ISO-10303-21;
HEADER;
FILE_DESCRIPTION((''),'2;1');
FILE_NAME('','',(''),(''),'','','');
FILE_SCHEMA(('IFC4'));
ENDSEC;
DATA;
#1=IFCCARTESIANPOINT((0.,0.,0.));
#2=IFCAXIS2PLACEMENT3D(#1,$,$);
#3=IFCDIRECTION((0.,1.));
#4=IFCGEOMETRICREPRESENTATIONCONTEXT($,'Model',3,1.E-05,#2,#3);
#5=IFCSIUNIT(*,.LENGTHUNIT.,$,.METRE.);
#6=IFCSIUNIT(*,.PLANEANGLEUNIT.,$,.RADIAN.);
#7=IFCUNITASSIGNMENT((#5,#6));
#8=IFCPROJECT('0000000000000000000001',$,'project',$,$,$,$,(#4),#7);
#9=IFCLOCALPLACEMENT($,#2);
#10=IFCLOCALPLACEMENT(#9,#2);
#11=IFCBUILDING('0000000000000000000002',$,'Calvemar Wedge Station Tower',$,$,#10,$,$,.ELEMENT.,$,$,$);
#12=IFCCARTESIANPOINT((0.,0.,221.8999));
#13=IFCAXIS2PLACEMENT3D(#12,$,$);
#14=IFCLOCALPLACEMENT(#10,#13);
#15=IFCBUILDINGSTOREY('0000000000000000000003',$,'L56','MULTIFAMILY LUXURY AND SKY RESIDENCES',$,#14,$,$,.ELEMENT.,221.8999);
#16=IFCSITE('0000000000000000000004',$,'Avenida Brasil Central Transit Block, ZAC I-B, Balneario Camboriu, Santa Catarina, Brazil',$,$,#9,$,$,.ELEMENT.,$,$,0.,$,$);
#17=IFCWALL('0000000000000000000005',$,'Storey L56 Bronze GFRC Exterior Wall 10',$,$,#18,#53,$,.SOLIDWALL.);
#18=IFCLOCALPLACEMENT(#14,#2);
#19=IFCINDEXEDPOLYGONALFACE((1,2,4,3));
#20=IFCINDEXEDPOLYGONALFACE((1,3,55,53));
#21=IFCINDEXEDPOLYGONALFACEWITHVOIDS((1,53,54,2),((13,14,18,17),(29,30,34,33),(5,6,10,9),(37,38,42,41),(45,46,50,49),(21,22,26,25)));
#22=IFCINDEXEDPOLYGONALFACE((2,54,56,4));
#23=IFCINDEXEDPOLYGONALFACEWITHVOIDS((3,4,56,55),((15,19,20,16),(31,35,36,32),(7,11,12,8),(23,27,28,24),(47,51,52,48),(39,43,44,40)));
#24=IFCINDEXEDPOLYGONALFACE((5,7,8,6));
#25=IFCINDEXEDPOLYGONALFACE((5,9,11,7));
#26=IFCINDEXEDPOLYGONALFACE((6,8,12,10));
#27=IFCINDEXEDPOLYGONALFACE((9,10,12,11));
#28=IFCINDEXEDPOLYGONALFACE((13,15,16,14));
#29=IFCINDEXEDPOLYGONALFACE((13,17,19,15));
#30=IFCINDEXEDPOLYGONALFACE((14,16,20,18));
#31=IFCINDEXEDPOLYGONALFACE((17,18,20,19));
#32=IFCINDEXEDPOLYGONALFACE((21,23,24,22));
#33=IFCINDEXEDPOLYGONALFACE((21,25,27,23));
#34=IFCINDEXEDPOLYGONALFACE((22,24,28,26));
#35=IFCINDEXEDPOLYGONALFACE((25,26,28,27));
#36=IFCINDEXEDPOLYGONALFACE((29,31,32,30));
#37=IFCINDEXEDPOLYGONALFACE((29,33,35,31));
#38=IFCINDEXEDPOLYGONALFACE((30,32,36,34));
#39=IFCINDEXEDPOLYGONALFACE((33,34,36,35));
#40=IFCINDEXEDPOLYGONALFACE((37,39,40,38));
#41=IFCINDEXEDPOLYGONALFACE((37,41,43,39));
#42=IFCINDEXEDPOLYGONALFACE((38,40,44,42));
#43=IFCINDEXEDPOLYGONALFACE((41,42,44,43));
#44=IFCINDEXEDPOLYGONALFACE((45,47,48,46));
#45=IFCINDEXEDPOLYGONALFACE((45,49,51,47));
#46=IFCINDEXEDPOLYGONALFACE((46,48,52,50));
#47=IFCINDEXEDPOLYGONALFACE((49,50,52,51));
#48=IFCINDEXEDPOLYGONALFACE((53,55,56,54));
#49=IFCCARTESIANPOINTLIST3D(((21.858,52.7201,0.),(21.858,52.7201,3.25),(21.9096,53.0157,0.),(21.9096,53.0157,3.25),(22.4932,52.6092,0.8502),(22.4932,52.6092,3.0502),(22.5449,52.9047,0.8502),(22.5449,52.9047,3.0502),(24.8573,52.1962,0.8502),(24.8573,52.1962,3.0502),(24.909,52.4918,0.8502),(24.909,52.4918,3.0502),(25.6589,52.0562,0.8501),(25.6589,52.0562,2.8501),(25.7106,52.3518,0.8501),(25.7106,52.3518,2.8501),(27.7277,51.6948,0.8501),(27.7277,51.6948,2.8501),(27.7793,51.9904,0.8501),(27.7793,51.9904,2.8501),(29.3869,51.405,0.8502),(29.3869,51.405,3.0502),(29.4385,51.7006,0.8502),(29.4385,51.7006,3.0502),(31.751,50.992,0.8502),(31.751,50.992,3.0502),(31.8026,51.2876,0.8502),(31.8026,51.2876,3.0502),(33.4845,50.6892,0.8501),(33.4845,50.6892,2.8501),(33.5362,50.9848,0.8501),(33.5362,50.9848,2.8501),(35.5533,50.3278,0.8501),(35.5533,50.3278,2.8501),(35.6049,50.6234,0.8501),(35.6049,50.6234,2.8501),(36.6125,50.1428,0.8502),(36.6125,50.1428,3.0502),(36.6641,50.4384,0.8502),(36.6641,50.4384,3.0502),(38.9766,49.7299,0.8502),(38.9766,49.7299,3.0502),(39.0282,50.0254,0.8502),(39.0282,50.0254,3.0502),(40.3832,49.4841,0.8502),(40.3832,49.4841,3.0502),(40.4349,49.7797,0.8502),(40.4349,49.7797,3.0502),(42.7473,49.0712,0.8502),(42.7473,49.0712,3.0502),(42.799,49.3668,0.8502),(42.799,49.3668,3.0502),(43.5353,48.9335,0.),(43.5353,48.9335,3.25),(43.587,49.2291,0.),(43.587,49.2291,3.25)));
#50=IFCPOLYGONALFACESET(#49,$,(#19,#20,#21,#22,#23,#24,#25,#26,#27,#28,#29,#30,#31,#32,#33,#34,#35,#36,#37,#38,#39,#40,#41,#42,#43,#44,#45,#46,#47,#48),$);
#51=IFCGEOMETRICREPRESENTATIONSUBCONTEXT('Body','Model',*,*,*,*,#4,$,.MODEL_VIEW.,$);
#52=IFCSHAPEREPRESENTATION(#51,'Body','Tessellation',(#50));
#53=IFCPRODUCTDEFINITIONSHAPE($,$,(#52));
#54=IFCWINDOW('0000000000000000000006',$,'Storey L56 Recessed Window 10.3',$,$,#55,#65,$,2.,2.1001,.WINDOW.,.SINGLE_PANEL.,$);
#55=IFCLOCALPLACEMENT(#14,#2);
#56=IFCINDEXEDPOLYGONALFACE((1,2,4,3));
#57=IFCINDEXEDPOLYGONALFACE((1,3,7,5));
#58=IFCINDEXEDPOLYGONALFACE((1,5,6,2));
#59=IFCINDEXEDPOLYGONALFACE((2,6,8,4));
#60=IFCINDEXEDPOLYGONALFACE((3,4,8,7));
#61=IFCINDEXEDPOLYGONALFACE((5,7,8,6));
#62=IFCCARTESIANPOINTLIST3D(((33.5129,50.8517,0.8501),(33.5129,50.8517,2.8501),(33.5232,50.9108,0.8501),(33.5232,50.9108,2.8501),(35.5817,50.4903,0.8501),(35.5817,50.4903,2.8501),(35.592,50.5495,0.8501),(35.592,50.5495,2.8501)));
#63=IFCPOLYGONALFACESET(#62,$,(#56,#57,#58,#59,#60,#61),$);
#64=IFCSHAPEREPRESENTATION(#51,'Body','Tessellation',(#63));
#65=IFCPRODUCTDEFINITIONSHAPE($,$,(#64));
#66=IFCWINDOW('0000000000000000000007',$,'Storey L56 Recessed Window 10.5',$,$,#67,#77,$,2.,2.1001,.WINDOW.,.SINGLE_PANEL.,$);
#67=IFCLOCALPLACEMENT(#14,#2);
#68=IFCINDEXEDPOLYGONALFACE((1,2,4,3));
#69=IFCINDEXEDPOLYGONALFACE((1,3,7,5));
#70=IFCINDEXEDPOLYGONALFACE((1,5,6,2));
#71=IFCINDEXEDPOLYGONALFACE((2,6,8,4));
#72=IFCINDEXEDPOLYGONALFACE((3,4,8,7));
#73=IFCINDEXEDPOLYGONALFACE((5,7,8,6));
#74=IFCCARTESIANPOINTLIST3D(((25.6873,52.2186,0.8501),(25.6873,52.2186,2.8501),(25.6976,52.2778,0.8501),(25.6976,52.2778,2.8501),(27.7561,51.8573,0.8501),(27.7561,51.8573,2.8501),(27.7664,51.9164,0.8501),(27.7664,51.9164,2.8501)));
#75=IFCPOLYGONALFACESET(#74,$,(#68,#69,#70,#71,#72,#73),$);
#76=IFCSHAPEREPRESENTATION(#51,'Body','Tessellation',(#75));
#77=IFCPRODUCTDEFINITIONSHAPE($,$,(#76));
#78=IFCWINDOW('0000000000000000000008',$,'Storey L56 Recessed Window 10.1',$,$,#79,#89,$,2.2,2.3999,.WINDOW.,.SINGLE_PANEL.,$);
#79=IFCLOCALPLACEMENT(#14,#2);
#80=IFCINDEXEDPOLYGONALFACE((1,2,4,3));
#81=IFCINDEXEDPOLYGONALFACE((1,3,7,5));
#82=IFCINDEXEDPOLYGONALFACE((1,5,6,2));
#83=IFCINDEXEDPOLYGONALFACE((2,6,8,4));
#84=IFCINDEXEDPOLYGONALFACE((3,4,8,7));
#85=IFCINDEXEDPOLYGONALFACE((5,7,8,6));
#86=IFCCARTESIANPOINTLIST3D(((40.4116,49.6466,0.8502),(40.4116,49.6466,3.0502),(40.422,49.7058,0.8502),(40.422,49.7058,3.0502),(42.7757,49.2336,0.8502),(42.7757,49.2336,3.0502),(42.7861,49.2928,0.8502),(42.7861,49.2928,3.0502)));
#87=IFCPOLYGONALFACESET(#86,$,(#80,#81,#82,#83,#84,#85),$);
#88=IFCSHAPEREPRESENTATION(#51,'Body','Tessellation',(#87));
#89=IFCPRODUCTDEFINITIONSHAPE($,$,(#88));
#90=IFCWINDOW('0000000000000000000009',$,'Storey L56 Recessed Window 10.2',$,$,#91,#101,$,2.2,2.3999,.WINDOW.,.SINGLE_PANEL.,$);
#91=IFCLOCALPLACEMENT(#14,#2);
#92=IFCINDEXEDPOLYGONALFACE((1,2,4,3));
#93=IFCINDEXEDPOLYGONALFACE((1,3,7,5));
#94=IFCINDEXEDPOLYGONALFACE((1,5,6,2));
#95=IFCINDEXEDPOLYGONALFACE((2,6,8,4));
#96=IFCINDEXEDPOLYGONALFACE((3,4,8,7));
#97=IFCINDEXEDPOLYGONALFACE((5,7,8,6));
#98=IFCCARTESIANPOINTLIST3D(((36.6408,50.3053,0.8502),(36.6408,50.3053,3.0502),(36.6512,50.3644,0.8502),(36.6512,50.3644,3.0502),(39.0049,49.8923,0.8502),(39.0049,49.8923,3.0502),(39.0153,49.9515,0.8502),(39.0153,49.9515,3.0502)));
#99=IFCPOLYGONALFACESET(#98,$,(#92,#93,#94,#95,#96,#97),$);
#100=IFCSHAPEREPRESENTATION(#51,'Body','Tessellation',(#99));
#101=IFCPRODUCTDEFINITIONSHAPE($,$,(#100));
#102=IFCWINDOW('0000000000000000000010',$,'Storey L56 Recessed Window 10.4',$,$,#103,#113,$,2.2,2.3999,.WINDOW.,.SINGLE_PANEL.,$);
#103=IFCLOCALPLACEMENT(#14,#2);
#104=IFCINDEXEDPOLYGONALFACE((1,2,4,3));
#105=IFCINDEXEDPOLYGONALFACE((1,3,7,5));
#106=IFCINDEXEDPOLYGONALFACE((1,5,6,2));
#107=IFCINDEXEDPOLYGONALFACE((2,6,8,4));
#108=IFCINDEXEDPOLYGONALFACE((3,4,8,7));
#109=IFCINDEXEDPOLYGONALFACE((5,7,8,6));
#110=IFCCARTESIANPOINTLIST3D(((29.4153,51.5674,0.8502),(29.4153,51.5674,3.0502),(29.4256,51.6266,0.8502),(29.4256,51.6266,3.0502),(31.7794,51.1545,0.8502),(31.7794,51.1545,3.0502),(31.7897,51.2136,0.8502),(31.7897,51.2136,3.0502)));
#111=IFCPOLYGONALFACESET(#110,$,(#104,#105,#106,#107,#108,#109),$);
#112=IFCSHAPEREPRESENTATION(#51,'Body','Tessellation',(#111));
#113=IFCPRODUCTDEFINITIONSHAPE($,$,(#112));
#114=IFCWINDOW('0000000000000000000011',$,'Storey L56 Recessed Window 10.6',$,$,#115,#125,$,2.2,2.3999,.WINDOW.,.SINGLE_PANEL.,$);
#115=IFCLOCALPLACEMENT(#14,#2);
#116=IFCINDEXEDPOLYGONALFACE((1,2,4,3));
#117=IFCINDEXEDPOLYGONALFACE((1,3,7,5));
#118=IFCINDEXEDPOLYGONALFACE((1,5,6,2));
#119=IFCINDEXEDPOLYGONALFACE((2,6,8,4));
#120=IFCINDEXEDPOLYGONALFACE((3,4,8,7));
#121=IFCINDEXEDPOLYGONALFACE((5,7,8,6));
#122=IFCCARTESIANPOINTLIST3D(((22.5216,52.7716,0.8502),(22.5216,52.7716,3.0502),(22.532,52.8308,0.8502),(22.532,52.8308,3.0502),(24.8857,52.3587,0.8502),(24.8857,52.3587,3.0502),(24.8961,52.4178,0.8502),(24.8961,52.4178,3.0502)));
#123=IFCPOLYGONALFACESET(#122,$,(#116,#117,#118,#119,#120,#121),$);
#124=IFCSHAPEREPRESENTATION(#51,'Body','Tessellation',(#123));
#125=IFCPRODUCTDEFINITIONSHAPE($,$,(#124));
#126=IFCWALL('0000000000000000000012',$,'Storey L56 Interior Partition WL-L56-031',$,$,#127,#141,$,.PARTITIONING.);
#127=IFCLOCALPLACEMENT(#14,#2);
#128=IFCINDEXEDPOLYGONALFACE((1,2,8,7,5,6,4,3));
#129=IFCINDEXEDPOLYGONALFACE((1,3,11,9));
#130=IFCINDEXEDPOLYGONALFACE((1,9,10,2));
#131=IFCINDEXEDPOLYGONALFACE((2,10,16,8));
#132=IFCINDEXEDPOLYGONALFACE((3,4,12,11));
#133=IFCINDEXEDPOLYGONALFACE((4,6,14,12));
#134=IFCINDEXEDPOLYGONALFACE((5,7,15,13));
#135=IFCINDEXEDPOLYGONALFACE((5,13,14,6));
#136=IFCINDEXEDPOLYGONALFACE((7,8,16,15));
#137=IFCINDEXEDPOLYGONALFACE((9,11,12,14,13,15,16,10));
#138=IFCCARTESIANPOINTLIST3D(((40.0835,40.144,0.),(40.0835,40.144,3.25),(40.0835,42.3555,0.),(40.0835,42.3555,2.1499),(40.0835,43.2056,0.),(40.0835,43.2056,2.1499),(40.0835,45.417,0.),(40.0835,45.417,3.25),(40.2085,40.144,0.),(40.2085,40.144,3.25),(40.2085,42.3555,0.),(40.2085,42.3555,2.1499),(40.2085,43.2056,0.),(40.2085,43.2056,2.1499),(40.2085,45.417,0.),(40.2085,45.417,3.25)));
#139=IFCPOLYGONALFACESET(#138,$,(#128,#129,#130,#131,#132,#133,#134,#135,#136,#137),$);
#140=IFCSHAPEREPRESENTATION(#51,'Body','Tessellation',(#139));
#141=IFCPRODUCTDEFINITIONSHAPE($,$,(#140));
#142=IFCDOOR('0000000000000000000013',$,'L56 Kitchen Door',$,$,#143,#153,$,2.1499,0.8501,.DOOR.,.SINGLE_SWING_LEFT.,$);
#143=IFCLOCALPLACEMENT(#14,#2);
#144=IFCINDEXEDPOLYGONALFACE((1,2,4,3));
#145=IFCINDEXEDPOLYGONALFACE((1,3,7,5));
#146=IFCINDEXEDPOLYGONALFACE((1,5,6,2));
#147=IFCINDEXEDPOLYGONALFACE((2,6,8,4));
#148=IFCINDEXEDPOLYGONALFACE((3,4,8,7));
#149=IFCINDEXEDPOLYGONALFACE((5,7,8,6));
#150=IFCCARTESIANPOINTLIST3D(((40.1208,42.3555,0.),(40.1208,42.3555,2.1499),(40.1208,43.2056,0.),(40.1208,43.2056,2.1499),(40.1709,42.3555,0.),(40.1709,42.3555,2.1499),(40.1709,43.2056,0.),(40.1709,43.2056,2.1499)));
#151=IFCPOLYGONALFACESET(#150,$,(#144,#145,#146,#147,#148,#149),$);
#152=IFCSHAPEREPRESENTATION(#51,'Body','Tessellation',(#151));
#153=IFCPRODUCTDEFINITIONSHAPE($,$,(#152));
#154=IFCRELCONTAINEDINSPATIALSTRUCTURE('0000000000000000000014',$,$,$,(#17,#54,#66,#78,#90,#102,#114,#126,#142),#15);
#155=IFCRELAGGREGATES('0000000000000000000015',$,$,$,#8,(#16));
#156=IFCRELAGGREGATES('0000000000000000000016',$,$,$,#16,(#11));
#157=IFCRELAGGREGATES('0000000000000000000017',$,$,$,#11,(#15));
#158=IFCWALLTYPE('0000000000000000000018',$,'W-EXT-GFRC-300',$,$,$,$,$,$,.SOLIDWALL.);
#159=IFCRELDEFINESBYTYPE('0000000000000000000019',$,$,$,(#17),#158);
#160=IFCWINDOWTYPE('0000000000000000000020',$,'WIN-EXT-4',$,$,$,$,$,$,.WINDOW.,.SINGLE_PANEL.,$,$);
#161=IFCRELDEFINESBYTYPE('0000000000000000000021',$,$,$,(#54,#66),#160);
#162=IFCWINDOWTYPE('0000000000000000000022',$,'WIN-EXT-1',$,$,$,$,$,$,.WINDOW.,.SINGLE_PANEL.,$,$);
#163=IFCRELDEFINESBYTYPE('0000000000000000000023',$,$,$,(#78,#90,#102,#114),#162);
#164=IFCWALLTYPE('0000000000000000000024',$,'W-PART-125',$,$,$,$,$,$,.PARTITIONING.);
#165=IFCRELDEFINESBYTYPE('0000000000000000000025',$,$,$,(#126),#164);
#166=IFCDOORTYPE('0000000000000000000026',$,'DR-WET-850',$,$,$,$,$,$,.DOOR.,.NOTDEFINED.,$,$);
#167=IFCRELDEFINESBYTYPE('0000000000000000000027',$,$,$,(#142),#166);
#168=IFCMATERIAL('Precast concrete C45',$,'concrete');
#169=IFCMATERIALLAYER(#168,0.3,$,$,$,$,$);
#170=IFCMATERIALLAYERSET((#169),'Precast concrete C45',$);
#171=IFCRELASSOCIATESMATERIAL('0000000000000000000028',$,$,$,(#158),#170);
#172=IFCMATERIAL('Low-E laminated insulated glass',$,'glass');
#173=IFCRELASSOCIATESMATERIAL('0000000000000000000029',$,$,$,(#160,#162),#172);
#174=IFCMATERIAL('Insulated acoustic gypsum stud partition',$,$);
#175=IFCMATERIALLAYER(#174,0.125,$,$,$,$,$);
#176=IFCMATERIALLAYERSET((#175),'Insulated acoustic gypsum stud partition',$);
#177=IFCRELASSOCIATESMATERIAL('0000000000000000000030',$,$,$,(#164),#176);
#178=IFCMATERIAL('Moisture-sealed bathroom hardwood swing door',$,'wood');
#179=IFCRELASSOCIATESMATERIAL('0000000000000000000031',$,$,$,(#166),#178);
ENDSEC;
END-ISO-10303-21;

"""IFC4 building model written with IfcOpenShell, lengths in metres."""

from ifc_helpers import new_model, si_unit, direction, frame, frame_2d, origin, place, context, subcontext, project, spatial, rectangle, extrude, source, transform, mapped, material, layer, layer_set, type_object, element, fill, save


model = new_model("IFC4")

# Units and contexts
model_context = context("Model", 3, precision=1e-05, world=origin(), true_north=direction((0.0, 1.0)))
body_context = subcontext(model_context, "Body", "Model", "MODEL_VIEW")
ifc_project = project(units=[si_unit("LENGTHUNIT", "METRE"), si_unit("PLANEANGLEUNIT", "RADIAN")], contexts=[model_context])

# Site, building, storey
site_placement = place(None, origin())
site = spatial("IfcSite", under=ifc_project, at=site_placement, Name="Avenida Brasil Central Transit Block, ZAC I-B, Balneario Camboriu, Santa Catarina, Brazil", CompositionType="ELEMENT", RefElevation=0.0)
building_placement = place(site_placement, origin())
building = spatial("IfcBuilding", under=site, at=building_placement, Name="Calvemar Wedge Station Tower", CompositionType="ELEMENT")
storey_placement = place(building_placement, frame((0.0, 0.0, 221.8999)))
storey = spatial("IfcBuildingStorey", under=building, at=storey_placement, Name="L56", Description="MULTIFAMILY LUXURY AND SKY RESIDENCES", CompositionType="ELEMENT", Elevation=221.8999)

# Shared definitions
ifc_material_1 = material(Name="Precast concrete C45", Category="concrete")

# Shared definitions
ifc_layer_1 = layer(ifc_material_1, 0.3)
ifc_layer_set_1 = layer_set([ifc_layer_1], Name="Precast concrete C45")
wall_type_1 = type_object("IfcWallType", Name="W-EXT-GFRC-300", PredefinedType="SOLIDWALL", material=ifc_layer_set_1)
ifc_material_2 = material(Name="Low-E laminated insulated glass", Category="glass")

# Wall, openings, windows
wall_1_placement = place(storey_placement, frame((43.5613, 49.0813, 0.0), z_axis=(0.0, 0.0, 1.0), x_axis=(-0.985084, 0.172074, 0.0)))
wall_1 = element("IfcWall", 1, at=wall_1_placement, inside=storey, type_object=wall_type_1, Name="Storey L56 Bronze GFRC Exterior Wall 10", PredefinedType="SOLIDWALL", context=body_context, shape_type="SweptSolid", body=[
    extrude(rectangle(XDim=22.0056, YDim=0.3, at=frame_2d((11.0029, 0.0))), origin(), (0.0, 0.0, 1.0), 3.25),
])
shared_shape_1 = source(origin(), body_context, "Body", "SweptSolid", [
    extrude(rectangle(XDim=2.3999, YDim=2.2, at=frame_2d((1.2, 1.1001))), frame((0.0, 0.1602, 0.0), z_axis=(0.0, -1.0, 0.0), x_axis=(1.0, 0.0, 0.0)), (0.0, 0.0, 1.0), 0.3201),
])
opening_1_placement = place(wall_1_placement, frame((0.8, 0.0, 0.8501)))
opening_1 = element("IfcOpeningElement", 2, at=opening_1_placement, cuts=wall_1, PredefinedType="OPENING", context=body_context, shape_type="MappedRepresentation", body=[
    mapped(shared_shape_1, transform((0.0, 0.0, 0.0), scale=1.0)),
])
opening_2_placement = place(wall_1_placement, frame((4.6279, 0.0, 0.8501)))
opening_2 = element("IfcOpeningElement", 3, at=opening_2_placement, cuts=wall_1, PredefinedType="OPENING", context=body_context, shape_type="MappedRepresentation", body=[
    mapped(shared_shape_1, transform((0.0, 0.0, 0.0), scale=1.0)),
])
shared_shape_2 = source(origin(), body_context, "Body", "SweptSolid", [
    extrude(rectangle(XDim=2.1001, YDim=2.0, at=frame_2d((1.05, 1.0))), frame((0.0, 0.1602, 0.0), z_axis=(0.0, -1.0, 0.0), x_axis=(1.0, 0.0, 0.0)), (0.0, 0.0, 1.0), 0.3201),
])
opening_3_placement = place(wall_1_placement, frame((8.103, 0.0, 0.8501)))
opening_3 = element("IfcOpeningElement", 4, at=opening_3_placement, cuts=wall_1, PredefinedType="OPENING", context=body_context, shape_type="MappedRepresentation", body=[
    mapped(shared_shape_2, transform((0.0, 0.0, 0.0), scale=1.0)),
])
opening_4_placement = place(wall_1_placement, frame((11.9629, 0.0, 0.8501)))
opening_4 = element("IfcOpeningElement", 5, at=opening_4_placement, cuts=wall_1, PredefinedType="OPENING", context=body_context, shape_type="MappedRepresentation", body=[
    mapped(shared_shape_1, transform((0.0, 0.0, 0.0), scale=1.0)),
])
opening_5_placement = place(wall_1_placement, frame((16.0471, 0.0, 0.8501)))
opening_5 = element("IfcOpeningElement", 6, at=opening_5_placement, cuts=wall_1, PredefinedType="OPENING", context=body_context, shape_type="MappedRepresentation", body=[
    mapped(shared_shape_2, transform((0.0, 0.0, 0.0), scale=1.0)),
])
opening_6_placement = place(wall_1_placement, frame((18.9609, 0.0, 0.8501)))
opening_6 = element("IfcOpeningElement", 7, at=opening_6_placement, cuts=wall_1, PredefinedType="OPENING", context=body_context, shape_type="MappedRepresentation", body=[
    mapped(shared_shape_1, transform((0.0, 0.0, 0.0), scale=1.0)),
])
window_type_1 = type_object("IfcWindowType", Name="WIN-EXT-4", PartitioningType="SINGLE_PANEL", PredefinedType="WINDOW", material=ifc_material_2)
shared_shape_3 = source(origin(), body_context, "Body", "SweptSolid", [
    extrude(rectangle(XDim=2.1001, YDim=2.0, at=frame_2d((1.05, 1.0))), frame((0.0, -0.0149, 0.0), z_axis=(0.0, -1.0, 0.0), x_axis=(1.0, 0.0, 0.0)), (0.0, 0.0, 1.0), 0.0601),
])
window_1_placement = place(opening_3_placement, origin())
window_1 = element("IfcWindow", 8, at=window_1_placement, inside=storey, type_object=window_type_1, Name="Storey L56 Recessed Window 10.3", OverallHeight=2.0, OverallWidth=2.1001, PartitioningType="SINGLE_PANEL", PredefinedType="WINDOW", context=body_context, shape_type="MappedRepresentation", body=[
    mapped(shared_shape_3, transform((0.0, 0.0, 0.0), scale=1.0)),
])
fill(opening_3, window_1)
window_2_placement = place(opening_5_placement, origin())
window_2 = element("IfcWindow", 9, at=window_2_placement, inside=storey, type_object=window_type_1, Name="Storey L56 Recessed Window 10.5", OverallHeight=2.0, OverallWidth=2.1001, PartitioningType="SINGLE_PANEL", PredefinedType="WINDOW", context=body_context, shape_type="MappedRepresentation", body=[
    mapped(shared_shape_3, transform((0.0, 0.0, 0.0), scale=1.0)),
])
fill(opening_5, window_2)
window_type_2 = type_object("IfcWindowType", Name="WIN-EXT-1", PartitioningType="SINGLE_PANEL", PredefinedType="WINDOW", material=ifc_material_2)
shared_shape_4 = source(origin(), body_context, "Body", "SweptSolid", [
    extrude(rectangle(XDim=2.3999, YDim=2.2, at=frame_2d((1.2, 1.1001))), frame((0.0, -0.0149, 0.0), z_axis=(0.0, -1.0, 0.0), x_axis=(1.0, 0.0, 0.0)), (0.0, 0.0, 1.0), 0.0601),
])
window_3_placement = place(opening_1_placement, origin())
window_3 = element("IfcWindow", 10, at=window_3_placement, inside=storey, type_object=window_type_2, Name="Storey L56 Recessed Window 10.1", OverallHeight=2.2, OverallWidth=2.3999, PartitioningType="SINGLE_PANEL", PredefinedType="WINDOW", context=body_context, shape_type="MappedRepresentation", body=[
    mapped(shared_shape_4, transform((0.0, 0.0, 0.0), scale=1.0)),
])
fill(opening_1, window_3)
window_4_placement = place(opening_2_placement, origin())
window_4 = element("IfcWindow", 11, at=window_4_placement, inside=storey, type_object=window_type_2, Name="Storey L56 Recessed Window 10.2", OverallHeight=2.2, OverallWidth=2.3999, PartitioningType="SINGLE_PANEL", PredefinedType="WINDOW", context=body_context, shape_type="MappedRepresentation", body=[
    mapped(shared_shape_4, transform((0.0, 0.0, 0.0), scale=1.0)),
])
fill(opening_2, window_4)
window_5_placement = place(opening_4_placement, origin())
window_5 = element("IfcWindow", 12, at=window_5_placement, inside=storey, type_object=window_type_2, Name="Storey L56 Recessed Window 10.4", OverallHeight=2.2, OverallWidth=2.3999, PartitioningType="SINGLE_PANEL", PredefinedType="WINDOW", context=body_context, shape_type="MappedRepresentation", body=[
    mapped(shared_shape_4, transform((0.0, 0.0, 0.0), scale=1.0)),
])
fill(opening_4, window_5)
window_6_placement = place(opening_6_placement, origin())
window_6 = element("IfcWindow", 13, at=window_6_placement, inside=storey, type_object=window_type_2, Name="Storey L56 Recessed Window 10.6", OverallHeight=2.2, OverallWidth=2.3999, PartitioningType="SINGLE_PANEL", PredefinedType="WINDOW", context=body_context, shape_type="MappedRepresentation", body=[
    mapped(shared_shape_4, transform((0.0, 0.0, 0.0), scale=1.0)),
])
fill(opening_6, window_6)

# Wall, opening, door
ifc_material_3 = material(Name="Insulated acoustic gypsum stud partition")
ifc_layer_2 = layer(ifc_material_3, 0.125)
ifc_layer_set_2 = layer_set([ifc_layer_2], Name="Insulated acoustic gypsum stud partition")
wall_type_2 = type_object("IfcWallType", Name="W-PART-125", PredefinedType="PARTITIONING", material=ifc_layer_set_2)
wall_2_placement = place(storey_placement, frame((40.146, 45.417, 0.0), z_axis=(0.0, 0.0, 1.0), x_axis=(0.0, -1.0, 0.0)))
wall_2 = element("IfcWall", 14, at=wall_2_placement, inside=storey, type_object=wall_type_2, Name="Storey L56 Interior Partition WL-L56-031", PredefinedType="PARTITIONING", context=body_context, shape_type="SweptSolid", body=[
    extrude(rectangle(XDim=5.2729, YDim=0.125, at=frame_2d((2.6365, 0.0))), origin(), (0.0, 0.0, 1.0), 3.25),
])
shared_shape_5 = source(origin(), body_context, "Body", "SweptSolid", [
    extrude(rectangle(XDim=0.8501, YDim=2.1499, at=frame_2d((0.425, 1.075))), frame((0.0, 0.0725, 0.0), z_axis=(0.0, -1.0, 0.0), x_axis=(1.0, 0.0, 0.0)), (0.0, 0.0, 1.0), 0.145),
])
opening_7_placement = place(wall_2_placement, frame((2.2114, 0.0, 0.0)))
opening_7 = element("IfcOpeningElement", 15, at=opening_7_placement, cuts=wall_2, PredefinedType="OPENING", context=body_context, shape_type="MappedRepresentation", body=[
    mapped(shared_shape_5, transform((0.0, 0.0, 0.0), scale=1.0)),
])
ifc_material_4 = material(Name="Moisture-sealed bathroom hardwood swing door", Category="wood")
door_type_1 = type_object("IfcDoorType", Name="DR-WET-850", OperationType="NOTDEFINED", PredefinedType="DOOR", material=ifc_material_4)
shared_shape_6 = source(origin(), body_context, "Body", "SweptSolid", [
    extrude(rectangle(XDim=0.8501, YDim=2.1499, at=frame_2d((0.425, 1.075))), frame((0.0, 0.0249, 0.0), z_axis=(0.0, -1.0, 0.0), x_axis=(1.0, 0.0, 0.0)), (0.0, 0.0, 1.0), 0.05),
])
door_1_placement = place(opening_7_placement, origin())
door_1 = element("IfcDoor", 16, at=door_1_placement, inside=storey, type_object=door_type_1, Name="L56 Kitchen Door", OperationType="SINGLE_SWING_LEFT", OverallHeight=2.1499, OverallWidth=0.8501, PredefinedType="DOOR", context=body_context, shape_type="MappedRepresentation", body=[
    mapped(shared_shape_6, transform((0.0, 0.0, 0.0), scale=1.0)),
])
fill(opening_7, door_1)

save(model, "model.ifc")
